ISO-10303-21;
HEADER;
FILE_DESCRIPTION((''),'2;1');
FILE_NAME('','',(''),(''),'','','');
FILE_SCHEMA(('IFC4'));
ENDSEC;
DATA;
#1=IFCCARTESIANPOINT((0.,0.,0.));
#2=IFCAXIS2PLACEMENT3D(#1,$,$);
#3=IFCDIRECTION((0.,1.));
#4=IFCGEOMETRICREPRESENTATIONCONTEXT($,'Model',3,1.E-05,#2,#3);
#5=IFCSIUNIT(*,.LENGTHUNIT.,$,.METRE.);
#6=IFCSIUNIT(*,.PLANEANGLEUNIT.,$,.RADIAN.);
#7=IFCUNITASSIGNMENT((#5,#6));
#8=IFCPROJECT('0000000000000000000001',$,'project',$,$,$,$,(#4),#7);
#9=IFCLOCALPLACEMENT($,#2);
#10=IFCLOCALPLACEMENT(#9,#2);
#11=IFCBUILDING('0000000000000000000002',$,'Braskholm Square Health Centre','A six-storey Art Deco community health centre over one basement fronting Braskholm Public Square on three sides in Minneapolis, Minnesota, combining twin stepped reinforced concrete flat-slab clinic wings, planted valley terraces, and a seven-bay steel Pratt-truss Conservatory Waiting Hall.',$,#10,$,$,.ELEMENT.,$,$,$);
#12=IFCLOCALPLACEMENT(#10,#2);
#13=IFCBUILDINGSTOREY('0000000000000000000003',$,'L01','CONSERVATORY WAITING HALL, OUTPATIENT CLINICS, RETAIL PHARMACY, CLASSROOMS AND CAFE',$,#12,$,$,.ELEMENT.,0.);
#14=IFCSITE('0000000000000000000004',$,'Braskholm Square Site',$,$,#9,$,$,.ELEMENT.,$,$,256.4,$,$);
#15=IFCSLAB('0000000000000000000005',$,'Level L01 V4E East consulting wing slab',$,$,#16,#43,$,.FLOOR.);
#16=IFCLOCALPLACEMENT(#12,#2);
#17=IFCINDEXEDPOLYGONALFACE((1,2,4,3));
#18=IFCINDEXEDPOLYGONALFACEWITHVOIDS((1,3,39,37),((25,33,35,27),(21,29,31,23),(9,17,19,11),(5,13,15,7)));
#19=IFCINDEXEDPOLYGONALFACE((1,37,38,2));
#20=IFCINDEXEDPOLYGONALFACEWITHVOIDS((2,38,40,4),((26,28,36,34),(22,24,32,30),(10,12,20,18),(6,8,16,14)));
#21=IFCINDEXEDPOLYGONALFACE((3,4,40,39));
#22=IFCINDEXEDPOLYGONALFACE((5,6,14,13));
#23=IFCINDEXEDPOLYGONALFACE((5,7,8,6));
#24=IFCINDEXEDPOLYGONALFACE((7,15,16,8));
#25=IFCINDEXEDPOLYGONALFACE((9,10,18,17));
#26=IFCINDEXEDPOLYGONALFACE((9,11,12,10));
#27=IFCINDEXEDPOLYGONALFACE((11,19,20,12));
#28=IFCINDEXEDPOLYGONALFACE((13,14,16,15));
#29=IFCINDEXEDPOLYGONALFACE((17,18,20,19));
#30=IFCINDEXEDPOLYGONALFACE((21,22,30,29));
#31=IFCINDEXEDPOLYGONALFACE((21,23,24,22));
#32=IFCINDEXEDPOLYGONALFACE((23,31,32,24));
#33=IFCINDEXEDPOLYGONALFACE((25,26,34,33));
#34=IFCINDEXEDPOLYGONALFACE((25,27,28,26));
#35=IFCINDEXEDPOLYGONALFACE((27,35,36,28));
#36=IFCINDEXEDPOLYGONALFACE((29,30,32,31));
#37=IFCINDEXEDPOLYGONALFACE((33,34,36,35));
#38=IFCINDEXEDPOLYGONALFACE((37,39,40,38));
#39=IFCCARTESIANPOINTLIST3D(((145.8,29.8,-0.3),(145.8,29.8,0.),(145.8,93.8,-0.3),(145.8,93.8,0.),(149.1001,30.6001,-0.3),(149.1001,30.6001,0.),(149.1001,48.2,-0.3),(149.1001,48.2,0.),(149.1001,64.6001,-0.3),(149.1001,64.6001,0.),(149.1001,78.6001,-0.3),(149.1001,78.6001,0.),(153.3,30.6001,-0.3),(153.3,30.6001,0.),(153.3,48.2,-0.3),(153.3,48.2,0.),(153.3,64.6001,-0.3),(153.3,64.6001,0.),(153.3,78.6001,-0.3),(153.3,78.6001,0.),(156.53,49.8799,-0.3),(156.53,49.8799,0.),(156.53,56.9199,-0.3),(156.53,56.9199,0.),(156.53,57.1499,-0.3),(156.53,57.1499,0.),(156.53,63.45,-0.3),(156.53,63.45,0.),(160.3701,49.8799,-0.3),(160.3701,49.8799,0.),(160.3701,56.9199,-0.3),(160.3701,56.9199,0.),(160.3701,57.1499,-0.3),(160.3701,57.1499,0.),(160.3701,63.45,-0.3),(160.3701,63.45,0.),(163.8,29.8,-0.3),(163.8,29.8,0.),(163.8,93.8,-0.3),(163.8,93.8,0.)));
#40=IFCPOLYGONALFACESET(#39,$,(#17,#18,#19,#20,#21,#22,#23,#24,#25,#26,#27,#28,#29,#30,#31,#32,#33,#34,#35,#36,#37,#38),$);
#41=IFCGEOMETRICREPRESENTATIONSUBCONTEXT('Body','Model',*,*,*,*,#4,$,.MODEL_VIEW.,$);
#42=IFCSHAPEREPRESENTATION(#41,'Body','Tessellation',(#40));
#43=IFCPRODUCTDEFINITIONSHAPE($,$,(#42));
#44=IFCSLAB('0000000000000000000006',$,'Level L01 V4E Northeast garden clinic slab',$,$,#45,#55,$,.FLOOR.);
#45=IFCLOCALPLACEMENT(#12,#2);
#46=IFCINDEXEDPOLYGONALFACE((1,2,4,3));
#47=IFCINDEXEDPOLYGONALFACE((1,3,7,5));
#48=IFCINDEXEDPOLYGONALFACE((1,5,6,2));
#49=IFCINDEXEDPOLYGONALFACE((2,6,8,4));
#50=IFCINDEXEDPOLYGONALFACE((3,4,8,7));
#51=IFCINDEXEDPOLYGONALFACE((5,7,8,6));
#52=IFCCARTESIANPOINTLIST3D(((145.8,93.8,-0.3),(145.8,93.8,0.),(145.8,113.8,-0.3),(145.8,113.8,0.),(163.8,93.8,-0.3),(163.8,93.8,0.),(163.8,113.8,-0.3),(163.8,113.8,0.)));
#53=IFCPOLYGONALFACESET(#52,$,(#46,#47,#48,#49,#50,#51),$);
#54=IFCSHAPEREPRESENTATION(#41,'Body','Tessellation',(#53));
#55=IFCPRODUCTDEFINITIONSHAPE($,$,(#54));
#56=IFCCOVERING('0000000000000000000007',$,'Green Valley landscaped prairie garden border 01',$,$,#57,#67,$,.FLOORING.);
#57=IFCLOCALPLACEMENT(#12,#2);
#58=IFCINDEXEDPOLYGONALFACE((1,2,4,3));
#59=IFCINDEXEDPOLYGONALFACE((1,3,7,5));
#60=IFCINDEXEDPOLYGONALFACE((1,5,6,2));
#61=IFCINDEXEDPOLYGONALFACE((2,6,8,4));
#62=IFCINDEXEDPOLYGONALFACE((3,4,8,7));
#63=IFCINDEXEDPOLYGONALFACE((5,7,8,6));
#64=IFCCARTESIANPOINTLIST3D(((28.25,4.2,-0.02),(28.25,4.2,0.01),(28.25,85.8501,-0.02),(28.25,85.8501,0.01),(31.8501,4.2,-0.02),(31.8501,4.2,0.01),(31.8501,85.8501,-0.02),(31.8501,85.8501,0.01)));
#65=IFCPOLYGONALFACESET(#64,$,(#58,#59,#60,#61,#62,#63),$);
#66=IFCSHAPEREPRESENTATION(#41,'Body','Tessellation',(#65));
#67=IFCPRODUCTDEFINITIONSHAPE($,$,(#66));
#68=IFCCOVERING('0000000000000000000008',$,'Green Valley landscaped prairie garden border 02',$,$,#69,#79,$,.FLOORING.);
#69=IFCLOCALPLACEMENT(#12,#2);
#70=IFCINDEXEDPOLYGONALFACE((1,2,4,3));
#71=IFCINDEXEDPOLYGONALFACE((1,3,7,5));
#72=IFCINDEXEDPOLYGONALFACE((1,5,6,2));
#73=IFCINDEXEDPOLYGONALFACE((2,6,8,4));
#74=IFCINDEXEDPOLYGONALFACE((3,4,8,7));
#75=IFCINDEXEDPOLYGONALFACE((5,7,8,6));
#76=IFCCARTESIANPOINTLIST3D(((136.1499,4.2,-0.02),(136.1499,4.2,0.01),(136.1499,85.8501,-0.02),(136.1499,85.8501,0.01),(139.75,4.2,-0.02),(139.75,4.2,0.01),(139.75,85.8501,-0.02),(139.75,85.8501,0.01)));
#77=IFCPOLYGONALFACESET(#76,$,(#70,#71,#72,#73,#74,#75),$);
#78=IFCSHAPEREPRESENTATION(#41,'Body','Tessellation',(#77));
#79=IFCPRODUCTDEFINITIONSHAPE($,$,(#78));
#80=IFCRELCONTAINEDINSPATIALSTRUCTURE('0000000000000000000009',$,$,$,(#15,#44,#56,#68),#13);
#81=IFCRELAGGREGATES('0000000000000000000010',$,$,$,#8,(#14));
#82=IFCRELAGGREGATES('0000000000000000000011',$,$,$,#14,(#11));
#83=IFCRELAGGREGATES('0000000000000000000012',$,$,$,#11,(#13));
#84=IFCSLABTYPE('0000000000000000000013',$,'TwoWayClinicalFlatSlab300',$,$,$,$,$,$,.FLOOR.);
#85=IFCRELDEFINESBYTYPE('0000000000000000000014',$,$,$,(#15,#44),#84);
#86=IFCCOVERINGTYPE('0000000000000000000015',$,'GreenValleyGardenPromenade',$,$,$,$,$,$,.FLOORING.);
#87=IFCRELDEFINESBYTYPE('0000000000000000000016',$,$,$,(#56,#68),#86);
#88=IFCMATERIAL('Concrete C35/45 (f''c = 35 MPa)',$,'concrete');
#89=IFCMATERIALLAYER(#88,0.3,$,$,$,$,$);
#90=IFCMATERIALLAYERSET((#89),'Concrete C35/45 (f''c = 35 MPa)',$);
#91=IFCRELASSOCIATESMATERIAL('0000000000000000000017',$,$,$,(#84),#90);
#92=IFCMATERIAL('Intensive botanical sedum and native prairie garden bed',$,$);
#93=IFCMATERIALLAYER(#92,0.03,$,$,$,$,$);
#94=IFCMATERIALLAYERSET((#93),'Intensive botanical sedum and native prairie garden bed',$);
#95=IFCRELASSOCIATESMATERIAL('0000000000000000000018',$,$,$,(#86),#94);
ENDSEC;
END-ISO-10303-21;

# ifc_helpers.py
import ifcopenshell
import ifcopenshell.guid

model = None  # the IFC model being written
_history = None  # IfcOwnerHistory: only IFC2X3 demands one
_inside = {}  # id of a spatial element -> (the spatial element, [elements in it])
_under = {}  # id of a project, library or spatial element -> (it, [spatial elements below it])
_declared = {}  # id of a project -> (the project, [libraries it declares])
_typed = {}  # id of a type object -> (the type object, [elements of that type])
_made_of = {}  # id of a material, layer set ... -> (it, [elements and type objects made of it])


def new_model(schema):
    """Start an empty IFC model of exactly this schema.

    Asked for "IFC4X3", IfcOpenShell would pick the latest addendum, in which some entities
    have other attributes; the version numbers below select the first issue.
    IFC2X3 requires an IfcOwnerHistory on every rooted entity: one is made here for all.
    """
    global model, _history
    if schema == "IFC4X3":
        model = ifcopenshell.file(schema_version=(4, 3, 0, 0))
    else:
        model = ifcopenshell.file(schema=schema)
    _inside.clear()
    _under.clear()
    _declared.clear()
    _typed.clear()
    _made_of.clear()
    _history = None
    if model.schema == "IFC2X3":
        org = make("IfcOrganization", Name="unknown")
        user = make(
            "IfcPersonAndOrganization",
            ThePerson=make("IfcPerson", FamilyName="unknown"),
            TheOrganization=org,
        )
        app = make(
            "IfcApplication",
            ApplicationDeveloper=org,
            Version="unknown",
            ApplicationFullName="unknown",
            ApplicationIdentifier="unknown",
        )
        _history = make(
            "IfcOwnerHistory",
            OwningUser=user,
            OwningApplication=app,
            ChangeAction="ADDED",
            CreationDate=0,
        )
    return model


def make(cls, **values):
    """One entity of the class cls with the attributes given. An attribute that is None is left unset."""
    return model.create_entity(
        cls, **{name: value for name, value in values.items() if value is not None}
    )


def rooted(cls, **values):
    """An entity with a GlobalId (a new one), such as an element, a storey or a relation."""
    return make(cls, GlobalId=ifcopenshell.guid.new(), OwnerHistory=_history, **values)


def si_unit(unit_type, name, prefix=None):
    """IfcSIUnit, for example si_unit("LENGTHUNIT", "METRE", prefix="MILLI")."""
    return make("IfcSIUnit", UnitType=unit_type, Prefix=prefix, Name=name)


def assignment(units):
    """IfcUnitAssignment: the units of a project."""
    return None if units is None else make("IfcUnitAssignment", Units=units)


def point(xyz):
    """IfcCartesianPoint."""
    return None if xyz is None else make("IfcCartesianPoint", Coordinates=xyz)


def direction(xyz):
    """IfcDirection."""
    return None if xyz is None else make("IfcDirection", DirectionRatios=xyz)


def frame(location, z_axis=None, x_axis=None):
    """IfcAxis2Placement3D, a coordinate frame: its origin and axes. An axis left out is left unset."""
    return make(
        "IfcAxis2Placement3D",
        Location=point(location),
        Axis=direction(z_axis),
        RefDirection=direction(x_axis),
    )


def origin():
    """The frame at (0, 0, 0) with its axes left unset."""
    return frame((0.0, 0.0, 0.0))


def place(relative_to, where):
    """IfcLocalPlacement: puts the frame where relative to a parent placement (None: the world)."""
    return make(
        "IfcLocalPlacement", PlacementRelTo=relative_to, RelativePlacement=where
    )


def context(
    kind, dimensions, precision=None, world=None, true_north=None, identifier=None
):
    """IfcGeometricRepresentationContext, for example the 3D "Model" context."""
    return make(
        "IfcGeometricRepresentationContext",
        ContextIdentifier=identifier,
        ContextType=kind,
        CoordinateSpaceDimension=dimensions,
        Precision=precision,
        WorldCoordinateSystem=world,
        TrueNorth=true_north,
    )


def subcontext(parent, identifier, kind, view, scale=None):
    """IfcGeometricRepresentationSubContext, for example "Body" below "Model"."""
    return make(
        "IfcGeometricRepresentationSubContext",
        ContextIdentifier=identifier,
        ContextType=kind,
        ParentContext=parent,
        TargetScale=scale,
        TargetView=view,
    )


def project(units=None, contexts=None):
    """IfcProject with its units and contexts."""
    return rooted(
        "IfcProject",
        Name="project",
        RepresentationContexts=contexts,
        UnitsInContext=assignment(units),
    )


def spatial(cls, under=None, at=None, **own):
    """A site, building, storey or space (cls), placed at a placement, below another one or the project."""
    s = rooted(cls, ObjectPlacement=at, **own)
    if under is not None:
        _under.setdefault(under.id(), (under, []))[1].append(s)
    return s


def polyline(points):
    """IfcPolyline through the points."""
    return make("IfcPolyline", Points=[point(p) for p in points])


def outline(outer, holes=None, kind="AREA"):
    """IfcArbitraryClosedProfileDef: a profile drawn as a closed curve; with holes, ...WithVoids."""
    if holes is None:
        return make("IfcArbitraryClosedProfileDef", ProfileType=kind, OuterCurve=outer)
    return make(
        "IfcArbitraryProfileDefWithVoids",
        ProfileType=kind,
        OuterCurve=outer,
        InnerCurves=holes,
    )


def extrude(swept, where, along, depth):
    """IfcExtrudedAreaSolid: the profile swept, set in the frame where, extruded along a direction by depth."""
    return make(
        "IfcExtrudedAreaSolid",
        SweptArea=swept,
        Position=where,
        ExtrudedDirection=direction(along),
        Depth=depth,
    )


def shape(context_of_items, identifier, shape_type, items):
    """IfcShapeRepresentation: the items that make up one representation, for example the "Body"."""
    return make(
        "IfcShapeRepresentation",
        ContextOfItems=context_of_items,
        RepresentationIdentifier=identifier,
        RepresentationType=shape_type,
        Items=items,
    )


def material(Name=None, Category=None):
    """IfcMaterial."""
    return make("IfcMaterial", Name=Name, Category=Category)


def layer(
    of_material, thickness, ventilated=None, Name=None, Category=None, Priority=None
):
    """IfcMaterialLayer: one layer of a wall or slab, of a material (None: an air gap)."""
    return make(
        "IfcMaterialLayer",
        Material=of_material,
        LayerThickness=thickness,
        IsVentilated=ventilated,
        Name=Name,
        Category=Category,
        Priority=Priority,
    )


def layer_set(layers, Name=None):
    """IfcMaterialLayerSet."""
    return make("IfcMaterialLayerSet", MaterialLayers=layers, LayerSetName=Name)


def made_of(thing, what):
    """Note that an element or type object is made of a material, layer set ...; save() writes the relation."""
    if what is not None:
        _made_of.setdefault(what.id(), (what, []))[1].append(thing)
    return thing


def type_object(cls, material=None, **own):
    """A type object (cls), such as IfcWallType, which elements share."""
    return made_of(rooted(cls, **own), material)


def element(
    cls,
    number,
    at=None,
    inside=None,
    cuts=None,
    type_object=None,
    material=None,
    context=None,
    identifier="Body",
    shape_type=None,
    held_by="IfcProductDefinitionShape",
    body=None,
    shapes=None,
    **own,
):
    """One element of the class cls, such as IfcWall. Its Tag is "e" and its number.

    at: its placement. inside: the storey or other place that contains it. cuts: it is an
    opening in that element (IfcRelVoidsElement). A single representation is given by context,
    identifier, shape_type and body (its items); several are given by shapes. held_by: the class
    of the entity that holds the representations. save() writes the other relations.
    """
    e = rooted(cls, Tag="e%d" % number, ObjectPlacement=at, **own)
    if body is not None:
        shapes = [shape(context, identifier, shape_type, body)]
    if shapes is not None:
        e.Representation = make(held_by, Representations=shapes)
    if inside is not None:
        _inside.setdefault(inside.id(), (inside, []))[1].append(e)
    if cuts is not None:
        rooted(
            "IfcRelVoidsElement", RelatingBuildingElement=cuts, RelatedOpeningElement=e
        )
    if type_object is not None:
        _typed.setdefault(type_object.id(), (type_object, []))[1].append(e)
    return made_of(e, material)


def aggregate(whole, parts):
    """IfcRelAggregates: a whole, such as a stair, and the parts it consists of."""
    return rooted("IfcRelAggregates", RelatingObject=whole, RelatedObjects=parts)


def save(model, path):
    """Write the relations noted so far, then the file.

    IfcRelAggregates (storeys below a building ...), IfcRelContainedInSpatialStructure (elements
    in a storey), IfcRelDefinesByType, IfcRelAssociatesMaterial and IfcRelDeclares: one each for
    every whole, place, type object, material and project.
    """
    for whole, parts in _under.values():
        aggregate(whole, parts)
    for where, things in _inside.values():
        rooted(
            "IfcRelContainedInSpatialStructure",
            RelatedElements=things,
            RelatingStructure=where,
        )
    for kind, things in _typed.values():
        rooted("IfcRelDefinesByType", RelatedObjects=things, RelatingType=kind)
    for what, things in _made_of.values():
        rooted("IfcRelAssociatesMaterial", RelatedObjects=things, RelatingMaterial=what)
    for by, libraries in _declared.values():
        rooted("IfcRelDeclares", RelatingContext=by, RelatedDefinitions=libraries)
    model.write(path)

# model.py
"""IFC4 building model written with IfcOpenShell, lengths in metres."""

from ifc_helpers import new_model, si_unit, direction, frame, origin, place, context, subcontext, project, spatial, polyline, outline, extrude, material, layer, layer_set, type_object, element, save


model = new_model("IFC4")

# Units and contexts
model_context = context("Model", 3, precision=1e-05, world=origin(), true_north=direction((0.0, 1.0)))
body_context = subcontext(model_context, "Body", "Model", "MODEL_VIEW")
ifc_project = project(units=[si_unit("LENGTHUNIT", "METRE"), si_unit("PLANEANGLEUNIT", "RADIAN")], contexts=[model_context])

# Site, building, storey
site_placement = place(None, origin())
site = spatial("IfcSite", under=ifc_project, at=site_placement, Name="Braskholm Square Site", CompositionType="ELEMENT", RefElevation=256.4)
building_placement = place(site_placement, origin())
building = spatial("IfcBuilding", under=site, at=building_placement, Name="Braskholm Square Health Centre", Description="A six-storey Art Deco community health centre over one basement fronting Braskholm Public Square on three sides in Minneapolis, Minnesota, combining twin stepped reinforced concrete flat-slab clinic wings, planted valley terraces, and a seven-bay steel Pratt-truss Conservatory Waiting Hall.", CompositionType="ELEMENT")
storey_placement = place(building_placement, origin())
storey = spatial("IfcBuildingStorey", under=building, at=storey_placement, Name="L01", Description="CONSERVATORY WAITING HALL, OUTPATIENT CLINICS, RETAIL PHARMACY, CLASSROOMS AND CAFE", CompositionType="ELEMENT", Elevation=0.0)

# Shared definitions
ifc_material_1 = material(Name="Concrete C35/45 (f'c = 35 MPa)", Category="concrete")

# Slabs
ifc_layer_1 = layer(ifc_material_1, 0.3)
ifc_layer_set_1 = layer_set([ifc_layer_1], Name="Concrete C35/45 (f'c = 35 MPa)")
slab_type_1 = type_object("IfcSlabType", Name="TwoWayClinicalFlatSlab300", PredefinedType="FLOOR", material=ifc_layer_set_1)
slab_1_placement = place(storey_placement, frame((0.0, 0.0, -0.3)))
element("IfcSlab", 1, at=slab_1_placement, inside=storey, type_object=slab_type_1, Name="Level L01 V4E East consulting wing slab", PredefinedType="FLOOR", context=body_context, shape_type="SweptSolid", body=[
    extrude(outline(polyline([(145.8, 29.8), (163.8, 29.8), (163.8, 93.8), (145.8, 93.8), (145.8, 29.8)]), holes=[polyline([(156.53, 49.8799), (160.3701, 49.8799), (160.3701, 56.9199), (156.53, 56.9199), (156.53, 49.8799)]), polyline([(156.53, 57.1499), (160.3701, 57.1499), (160.3701, 63.45), (156.53, 63.45), (156.53, 57.1499)]), polyline([(149.1001, 30.6001), (153.3, 30.6001), (153.3, 48.2), (149.1001, 48.2), (149.1001, 30.6001)]), polyline([(149.1001, 64.6001), (153.3, 64.6001), (153.3, 78.6001), (149.1001, 78.6001), (149.1001, 64.6001)])]), origin(), (0.0, 0.0, 1.0), 0.3),
])
slab_2_placement = place(storey_placement, frame((0.0, 0.0, -0.3)))
element("IfcSlab", 2, at=slab_2_placement, inside=storey, type_object=slab_type_1, Name="Level L01 V4E Northeast garden clinic slab", PredefinedType="FLOOR", context=body_context, shape_type="SweptSolid", body=[
    extrude(outline(polyline([(145.8, 93.8), (163.8, 93.8), (163.8, 113.8), (145.8, 113.8), (145.8, 93.8)])), origin(), (0.0, 0.0, 1.0), 0.3),
])

# Coverings
ifc_material_2 = material(Name="Intensive botanical sedum and native prairie garden bed")
ifc_layer_2 = layer(ifc_material_2, 0.03)
ifc_layer_set_2 = layer_set([ifc_layer_2], Name="Intensive botanical sedum and native prairie garden bed")
covering_type = type_object("IfcCoveringType", Name="GreenValleyGardenPromenade", PredefinedType="FLOORING", material=ifc_layer_set_2)
covering_1_placement = place(storey_placement, frame((0.0, 0.0, -0.02)))
element("IfcCovering", 3, at=covering_1_placement, inside=storey, type_object=covering_type, Name="Green Valley landscaped prairie garden border 01", PredefinedType="FLOORING", context=body_context, shape_type="SweptSolid", body=[
    extrude(outline(polyline([(28.25, 4.2), (31.8501, 4.2), (31.8501, 85.8501), (28.25, 85.8501), (28.25, 4.2)])), origin(), (0.0, 0.0, 1.0), 0.03),
])
covering_2_placement = place(storey_placement, frame((0.0, 0.0, -0.02)))
element("IfcCovering", 4, at=covering_2_placement, inside=storey, type_object=covering_type, Name="Green Valley landscaped prairie garden border 02", PredefinedType="FLOORING", context=body_context, shape_type="SweptSolid", body=[
    extrude(outline(polyline([(136.1499, 4.2), (139.75, 4.2), (139.75, 85.8501), (136.1499, 85.8501), (136.1499, 4.2)])), origin(), (0.0, 0.0, 1.0), 0.03),
])

save(model, "model.ifc")
